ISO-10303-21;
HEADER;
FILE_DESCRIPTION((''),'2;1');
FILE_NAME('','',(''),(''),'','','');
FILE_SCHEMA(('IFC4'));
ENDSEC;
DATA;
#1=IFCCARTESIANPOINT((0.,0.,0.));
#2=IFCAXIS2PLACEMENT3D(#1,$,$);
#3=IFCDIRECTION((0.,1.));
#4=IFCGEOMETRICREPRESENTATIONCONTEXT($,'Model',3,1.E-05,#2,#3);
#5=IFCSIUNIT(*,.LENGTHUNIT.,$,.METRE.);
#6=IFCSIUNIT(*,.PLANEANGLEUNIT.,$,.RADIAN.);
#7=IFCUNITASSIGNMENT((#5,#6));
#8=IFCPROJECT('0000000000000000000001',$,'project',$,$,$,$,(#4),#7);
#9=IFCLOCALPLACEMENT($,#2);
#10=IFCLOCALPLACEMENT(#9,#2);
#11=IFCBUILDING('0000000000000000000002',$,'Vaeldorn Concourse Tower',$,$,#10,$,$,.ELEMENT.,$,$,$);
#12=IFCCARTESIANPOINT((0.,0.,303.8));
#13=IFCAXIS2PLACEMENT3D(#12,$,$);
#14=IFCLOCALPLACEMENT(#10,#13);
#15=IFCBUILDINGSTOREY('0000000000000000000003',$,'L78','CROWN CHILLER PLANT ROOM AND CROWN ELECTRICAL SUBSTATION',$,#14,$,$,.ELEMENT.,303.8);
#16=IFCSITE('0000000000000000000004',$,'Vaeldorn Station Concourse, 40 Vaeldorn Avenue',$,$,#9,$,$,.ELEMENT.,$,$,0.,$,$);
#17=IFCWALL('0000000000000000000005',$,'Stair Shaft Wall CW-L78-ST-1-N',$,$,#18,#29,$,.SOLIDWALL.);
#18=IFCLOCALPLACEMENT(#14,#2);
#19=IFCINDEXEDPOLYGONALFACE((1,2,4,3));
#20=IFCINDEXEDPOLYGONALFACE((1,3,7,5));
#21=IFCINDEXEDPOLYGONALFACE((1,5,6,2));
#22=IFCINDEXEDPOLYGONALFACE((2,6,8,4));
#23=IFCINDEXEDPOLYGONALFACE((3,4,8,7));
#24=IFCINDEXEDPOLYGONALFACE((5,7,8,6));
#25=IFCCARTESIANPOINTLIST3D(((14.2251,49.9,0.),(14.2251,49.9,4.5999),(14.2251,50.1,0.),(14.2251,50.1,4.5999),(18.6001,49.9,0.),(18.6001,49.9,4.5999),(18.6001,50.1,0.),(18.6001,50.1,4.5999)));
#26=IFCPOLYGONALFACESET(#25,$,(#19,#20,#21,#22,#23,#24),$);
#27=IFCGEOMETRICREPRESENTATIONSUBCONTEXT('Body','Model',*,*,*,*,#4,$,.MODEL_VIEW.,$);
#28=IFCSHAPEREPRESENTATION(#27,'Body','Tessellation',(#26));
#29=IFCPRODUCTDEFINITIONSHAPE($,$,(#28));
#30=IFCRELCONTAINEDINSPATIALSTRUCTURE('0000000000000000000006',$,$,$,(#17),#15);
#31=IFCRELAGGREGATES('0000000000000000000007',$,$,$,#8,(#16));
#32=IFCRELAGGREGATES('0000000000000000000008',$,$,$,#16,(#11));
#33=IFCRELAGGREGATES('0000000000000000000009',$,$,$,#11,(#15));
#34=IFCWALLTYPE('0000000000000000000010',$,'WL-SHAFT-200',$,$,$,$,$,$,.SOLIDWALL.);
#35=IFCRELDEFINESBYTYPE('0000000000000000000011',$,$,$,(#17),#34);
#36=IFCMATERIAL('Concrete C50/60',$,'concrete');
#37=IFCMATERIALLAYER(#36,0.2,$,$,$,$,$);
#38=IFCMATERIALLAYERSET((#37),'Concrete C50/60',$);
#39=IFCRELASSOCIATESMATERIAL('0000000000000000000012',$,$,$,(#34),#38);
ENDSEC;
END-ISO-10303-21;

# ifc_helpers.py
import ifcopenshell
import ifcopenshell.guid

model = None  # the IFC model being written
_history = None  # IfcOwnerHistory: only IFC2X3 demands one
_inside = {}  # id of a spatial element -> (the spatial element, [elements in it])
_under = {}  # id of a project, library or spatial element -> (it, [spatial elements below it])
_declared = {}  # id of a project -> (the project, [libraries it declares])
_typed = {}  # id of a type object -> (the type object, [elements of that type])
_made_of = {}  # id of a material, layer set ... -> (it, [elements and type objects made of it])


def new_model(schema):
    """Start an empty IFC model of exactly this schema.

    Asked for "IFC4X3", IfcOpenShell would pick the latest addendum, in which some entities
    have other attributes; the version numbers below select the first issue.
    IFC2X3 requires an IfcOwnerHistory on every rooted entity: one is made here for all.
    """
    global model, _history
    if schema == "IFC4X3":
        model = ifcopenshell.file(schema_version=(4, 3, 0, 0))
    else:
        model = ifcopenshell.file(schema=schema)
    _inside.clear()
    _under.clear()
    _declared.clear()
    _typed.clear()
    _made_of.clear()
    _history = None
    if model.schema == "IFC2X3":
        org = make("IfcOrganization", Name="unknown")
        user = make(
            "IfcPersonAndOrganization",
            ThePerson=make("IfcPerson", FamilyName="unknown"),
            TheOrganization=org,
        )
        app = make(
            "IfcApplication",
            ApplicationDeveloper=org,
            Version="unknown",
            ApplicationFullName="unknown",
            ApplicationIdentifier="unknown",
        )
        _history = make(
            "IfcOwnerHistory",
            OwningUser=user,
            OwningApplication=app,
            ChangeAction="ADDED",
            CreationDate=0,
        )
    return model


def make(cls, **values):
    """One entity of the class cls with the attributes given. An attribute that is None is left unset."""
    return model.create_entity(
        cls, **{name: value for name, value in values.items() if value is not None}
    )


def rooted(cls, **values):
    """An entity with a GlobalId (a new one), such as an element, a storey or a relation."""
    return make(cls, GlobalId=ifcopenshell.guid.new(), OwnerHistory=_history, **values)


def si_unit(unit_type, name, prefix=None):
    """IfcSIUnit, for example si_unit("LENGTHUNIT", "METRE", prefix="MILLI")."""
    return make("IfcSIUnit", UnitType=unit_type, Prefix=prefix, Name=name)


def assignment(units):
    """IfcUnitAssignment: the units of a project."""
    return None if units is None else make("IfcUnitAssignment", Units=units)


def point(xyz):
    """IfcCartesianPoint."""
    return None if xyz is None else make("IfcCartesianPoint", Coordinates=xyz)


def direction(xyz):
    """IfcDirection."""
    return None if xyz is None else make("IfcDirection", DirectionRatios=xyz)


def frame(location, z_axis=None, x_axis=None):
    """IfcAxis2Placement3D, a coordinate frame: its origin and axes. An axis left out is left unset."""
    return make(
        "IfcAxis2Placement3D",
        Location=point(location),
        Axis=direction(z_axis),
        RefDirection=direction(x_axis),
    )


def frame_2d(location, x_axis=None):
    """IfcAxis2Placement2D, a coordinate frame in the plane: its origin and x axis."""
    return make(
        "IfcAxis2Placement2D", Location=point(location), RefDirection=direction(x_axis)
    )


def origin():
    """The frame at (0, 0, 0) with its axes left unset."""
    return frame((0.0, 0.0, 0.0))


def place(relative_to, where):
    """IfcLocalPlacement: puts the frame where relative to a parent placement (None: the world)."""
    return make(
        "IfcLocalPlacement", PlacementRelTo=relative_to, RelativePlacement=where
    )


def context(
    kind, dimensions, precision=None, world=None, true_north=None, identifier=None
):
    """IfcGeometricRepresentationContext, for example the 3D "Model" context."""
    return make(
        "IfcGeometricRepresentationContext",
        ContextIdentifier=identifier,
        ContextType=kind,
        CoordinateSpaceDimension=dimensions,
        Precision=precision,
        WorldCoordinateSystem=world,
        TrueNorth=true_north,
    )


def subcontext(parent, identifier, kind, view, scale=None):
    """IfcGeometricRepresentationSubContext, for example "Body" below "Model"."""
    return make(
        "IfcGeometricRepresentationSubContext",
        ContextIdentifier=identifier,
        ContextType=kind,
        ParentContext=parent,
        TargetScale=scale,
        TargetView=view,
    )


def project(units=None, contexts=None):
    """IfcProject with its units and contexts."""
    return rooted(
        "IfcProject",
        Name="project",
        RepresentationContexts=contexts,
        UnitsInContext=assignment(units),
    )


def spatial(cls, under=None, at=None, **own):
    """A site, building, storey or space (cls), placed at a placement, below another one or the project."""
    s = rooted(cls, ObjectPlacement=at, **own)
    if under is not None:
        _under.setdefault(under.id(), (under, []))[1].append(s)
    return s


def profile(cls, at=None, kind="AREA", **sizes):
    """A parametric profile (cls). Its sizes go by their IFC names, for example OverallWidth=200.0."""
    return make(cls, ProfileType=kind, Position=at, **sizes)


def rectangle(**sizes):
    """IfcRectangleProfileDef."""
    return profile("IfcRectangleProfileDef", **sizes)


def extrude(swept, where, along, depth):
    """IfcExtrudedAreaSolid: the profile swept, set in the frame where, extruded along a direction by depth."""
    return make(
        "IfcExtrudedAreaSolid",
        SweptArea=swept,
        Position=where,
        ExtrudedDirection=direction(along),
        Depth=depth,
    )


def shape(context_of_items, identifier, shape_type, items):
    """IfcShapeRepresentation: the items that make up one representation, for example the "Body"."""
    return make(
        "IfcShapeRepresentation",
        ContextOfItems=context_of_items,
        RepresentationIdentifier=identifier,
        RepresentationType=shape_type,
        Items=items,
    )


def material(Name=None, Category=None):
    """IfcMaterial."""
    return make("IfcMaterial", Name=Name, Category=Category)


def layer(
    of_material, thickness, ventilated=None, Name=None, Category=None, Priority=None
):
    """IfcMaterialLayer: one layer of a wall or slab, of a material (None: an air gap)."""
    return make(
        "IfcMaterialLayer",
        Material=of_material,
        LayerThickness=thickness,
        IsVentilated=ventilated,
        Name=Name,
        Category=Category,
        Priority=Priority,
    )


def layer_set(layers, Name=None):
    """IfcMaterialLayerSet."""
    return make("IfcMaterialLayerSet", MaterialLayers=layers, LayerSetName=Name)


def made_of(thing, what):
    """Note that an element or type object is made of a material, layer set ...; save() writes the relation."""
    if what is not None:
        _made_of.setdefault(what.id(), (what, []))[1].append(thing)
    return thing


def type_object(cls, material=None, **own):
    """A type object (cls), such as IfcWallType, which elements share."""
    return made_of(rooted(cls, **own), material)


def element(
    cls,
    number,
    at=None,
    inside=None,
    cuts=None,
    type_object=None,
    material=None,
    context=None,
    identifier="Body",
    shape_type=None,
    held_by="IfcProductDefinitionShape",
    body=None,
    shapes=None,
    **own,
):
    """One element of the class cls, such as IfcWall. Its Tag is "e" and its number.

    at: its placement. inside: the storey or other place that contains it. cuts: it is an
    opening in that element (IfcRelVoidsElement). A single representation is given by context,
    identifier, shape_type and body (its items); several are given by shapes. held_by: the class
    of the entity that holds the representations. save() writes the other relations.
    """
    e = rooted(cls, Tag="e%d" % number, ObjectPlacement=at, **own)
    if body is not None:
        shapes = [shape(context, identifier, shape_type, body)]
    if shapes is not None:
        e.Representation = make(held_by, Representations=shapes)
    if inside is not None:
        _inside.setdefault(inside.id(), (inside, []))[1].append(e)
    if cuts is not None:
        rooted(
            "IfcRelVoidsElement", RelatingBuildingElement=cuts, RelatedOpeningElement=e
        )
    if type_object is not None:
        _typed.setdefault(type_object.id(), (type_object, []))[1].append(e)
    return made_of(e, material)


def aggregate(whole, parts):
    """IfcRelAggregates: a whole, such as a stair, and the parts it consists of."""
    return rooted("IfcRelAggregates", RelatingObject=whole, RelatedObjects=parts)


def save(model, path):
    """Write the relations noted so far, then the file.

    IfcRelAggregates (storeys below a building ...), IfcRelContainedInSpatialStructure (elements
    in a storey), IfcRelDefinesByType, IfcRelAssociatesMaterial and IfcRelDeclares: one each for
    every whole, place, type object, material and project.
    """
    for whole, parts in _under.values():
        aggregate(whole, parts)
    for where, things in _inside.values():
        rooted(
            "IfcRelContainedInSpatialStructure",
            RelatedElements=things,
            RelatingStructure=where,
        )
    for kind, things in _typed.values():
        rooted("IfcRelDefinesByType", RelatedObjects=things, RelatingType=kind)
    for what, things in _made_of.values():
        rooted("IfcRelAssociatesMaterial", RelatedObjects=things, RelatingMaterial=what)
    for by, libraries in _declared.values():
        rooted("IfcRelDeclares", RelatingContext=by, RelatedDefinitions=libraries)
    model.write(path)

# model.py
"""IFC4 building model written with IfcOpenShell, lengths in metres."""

from ifc_helpers import new_model, si_unit, direction, frame, frame_2d, origin, place, context, subcontext, project, spatial, rectangle, extrude, material, layer, layer_set, type_object, element, save


model = new_model("IFC4")

# Units and contexts
model_context = context("Model", 3, precision=1e-05, world=origin(), true_north=direction((0.0, 1.0)))
body_context = subcontext(model_context, "Body", "Model", "MODEL_VIEW")
ifc_project = project(units=[si_unit("LENGTHUNIT", "METRE"), si_unit("PLANEANGLEUNIT", "RADIAN")], contexts=[model_context])

# Site, building, storey
site_placement = place(None, origin())
site = spatial("IfcSite", under=ifc_project, at=site_placement, Name="Vaeldorn Station Concourse, 40 Vaeldorn Avenue", CompositionType="ELEMENT", RefElevation=0.0)
building_placement = place(site_placement, origin())
building = spatial("IfcBuilding", under=site, at=building_placement, Name="Vaeldorn Concourse Tower", CompositionType="ELEMENT")
storey_placement = place(building_placement, frame((0.0, 0.0, 303.8)))
storey = spatial("IfcBuildingStorey", under=building, at=storey_placement, Name="L78", Description="CROWN CHILLER PLANT ROOM AND CROWN ELECTRICAL SUBSTATION", CompositionType="ELEMENT", Elevation=303.8)

# Shared definitions
ifc_material_1 = material(Name="Concrete C50/60", Category="concrete")

# Shared definitions
ifc_layer_1 = layer(ifc_material_1, 0.2)
ifc_layer_set_1 = layer_set([ifc_layer_1], Name="Concrete C50/60")
wall_type_1 = type_object("IfcWallType", Name="WL-SHAFT-200", PredefinedType="SOLIDWALL", material=ifc_layer_set_1)

# Wall
wall_1_placement = place(storey_placement, frame((14.2251, 50.0, 0.0), z_axis=(0.0, 0.0, 1.0), x_axis=(1.0, 0.0, 0.0)))
element("IfcWall", 1, at=wall_1_placement, inside=storey, type_object=wall_type_1, Name="Stair Shaft Wall CW-L78-ST-1-N", PredefinedType="SOLIDWALL", context=body_context, shape_type="SweptSolid", body=[
    extrude(rectangle(XDim=4.375, YDim=0.2, at=frame_2d((2.1875, 0.0))), origin(), (0.0, 0.0, 1.0), 4.5999),
])

save(model, "model.ifc")
